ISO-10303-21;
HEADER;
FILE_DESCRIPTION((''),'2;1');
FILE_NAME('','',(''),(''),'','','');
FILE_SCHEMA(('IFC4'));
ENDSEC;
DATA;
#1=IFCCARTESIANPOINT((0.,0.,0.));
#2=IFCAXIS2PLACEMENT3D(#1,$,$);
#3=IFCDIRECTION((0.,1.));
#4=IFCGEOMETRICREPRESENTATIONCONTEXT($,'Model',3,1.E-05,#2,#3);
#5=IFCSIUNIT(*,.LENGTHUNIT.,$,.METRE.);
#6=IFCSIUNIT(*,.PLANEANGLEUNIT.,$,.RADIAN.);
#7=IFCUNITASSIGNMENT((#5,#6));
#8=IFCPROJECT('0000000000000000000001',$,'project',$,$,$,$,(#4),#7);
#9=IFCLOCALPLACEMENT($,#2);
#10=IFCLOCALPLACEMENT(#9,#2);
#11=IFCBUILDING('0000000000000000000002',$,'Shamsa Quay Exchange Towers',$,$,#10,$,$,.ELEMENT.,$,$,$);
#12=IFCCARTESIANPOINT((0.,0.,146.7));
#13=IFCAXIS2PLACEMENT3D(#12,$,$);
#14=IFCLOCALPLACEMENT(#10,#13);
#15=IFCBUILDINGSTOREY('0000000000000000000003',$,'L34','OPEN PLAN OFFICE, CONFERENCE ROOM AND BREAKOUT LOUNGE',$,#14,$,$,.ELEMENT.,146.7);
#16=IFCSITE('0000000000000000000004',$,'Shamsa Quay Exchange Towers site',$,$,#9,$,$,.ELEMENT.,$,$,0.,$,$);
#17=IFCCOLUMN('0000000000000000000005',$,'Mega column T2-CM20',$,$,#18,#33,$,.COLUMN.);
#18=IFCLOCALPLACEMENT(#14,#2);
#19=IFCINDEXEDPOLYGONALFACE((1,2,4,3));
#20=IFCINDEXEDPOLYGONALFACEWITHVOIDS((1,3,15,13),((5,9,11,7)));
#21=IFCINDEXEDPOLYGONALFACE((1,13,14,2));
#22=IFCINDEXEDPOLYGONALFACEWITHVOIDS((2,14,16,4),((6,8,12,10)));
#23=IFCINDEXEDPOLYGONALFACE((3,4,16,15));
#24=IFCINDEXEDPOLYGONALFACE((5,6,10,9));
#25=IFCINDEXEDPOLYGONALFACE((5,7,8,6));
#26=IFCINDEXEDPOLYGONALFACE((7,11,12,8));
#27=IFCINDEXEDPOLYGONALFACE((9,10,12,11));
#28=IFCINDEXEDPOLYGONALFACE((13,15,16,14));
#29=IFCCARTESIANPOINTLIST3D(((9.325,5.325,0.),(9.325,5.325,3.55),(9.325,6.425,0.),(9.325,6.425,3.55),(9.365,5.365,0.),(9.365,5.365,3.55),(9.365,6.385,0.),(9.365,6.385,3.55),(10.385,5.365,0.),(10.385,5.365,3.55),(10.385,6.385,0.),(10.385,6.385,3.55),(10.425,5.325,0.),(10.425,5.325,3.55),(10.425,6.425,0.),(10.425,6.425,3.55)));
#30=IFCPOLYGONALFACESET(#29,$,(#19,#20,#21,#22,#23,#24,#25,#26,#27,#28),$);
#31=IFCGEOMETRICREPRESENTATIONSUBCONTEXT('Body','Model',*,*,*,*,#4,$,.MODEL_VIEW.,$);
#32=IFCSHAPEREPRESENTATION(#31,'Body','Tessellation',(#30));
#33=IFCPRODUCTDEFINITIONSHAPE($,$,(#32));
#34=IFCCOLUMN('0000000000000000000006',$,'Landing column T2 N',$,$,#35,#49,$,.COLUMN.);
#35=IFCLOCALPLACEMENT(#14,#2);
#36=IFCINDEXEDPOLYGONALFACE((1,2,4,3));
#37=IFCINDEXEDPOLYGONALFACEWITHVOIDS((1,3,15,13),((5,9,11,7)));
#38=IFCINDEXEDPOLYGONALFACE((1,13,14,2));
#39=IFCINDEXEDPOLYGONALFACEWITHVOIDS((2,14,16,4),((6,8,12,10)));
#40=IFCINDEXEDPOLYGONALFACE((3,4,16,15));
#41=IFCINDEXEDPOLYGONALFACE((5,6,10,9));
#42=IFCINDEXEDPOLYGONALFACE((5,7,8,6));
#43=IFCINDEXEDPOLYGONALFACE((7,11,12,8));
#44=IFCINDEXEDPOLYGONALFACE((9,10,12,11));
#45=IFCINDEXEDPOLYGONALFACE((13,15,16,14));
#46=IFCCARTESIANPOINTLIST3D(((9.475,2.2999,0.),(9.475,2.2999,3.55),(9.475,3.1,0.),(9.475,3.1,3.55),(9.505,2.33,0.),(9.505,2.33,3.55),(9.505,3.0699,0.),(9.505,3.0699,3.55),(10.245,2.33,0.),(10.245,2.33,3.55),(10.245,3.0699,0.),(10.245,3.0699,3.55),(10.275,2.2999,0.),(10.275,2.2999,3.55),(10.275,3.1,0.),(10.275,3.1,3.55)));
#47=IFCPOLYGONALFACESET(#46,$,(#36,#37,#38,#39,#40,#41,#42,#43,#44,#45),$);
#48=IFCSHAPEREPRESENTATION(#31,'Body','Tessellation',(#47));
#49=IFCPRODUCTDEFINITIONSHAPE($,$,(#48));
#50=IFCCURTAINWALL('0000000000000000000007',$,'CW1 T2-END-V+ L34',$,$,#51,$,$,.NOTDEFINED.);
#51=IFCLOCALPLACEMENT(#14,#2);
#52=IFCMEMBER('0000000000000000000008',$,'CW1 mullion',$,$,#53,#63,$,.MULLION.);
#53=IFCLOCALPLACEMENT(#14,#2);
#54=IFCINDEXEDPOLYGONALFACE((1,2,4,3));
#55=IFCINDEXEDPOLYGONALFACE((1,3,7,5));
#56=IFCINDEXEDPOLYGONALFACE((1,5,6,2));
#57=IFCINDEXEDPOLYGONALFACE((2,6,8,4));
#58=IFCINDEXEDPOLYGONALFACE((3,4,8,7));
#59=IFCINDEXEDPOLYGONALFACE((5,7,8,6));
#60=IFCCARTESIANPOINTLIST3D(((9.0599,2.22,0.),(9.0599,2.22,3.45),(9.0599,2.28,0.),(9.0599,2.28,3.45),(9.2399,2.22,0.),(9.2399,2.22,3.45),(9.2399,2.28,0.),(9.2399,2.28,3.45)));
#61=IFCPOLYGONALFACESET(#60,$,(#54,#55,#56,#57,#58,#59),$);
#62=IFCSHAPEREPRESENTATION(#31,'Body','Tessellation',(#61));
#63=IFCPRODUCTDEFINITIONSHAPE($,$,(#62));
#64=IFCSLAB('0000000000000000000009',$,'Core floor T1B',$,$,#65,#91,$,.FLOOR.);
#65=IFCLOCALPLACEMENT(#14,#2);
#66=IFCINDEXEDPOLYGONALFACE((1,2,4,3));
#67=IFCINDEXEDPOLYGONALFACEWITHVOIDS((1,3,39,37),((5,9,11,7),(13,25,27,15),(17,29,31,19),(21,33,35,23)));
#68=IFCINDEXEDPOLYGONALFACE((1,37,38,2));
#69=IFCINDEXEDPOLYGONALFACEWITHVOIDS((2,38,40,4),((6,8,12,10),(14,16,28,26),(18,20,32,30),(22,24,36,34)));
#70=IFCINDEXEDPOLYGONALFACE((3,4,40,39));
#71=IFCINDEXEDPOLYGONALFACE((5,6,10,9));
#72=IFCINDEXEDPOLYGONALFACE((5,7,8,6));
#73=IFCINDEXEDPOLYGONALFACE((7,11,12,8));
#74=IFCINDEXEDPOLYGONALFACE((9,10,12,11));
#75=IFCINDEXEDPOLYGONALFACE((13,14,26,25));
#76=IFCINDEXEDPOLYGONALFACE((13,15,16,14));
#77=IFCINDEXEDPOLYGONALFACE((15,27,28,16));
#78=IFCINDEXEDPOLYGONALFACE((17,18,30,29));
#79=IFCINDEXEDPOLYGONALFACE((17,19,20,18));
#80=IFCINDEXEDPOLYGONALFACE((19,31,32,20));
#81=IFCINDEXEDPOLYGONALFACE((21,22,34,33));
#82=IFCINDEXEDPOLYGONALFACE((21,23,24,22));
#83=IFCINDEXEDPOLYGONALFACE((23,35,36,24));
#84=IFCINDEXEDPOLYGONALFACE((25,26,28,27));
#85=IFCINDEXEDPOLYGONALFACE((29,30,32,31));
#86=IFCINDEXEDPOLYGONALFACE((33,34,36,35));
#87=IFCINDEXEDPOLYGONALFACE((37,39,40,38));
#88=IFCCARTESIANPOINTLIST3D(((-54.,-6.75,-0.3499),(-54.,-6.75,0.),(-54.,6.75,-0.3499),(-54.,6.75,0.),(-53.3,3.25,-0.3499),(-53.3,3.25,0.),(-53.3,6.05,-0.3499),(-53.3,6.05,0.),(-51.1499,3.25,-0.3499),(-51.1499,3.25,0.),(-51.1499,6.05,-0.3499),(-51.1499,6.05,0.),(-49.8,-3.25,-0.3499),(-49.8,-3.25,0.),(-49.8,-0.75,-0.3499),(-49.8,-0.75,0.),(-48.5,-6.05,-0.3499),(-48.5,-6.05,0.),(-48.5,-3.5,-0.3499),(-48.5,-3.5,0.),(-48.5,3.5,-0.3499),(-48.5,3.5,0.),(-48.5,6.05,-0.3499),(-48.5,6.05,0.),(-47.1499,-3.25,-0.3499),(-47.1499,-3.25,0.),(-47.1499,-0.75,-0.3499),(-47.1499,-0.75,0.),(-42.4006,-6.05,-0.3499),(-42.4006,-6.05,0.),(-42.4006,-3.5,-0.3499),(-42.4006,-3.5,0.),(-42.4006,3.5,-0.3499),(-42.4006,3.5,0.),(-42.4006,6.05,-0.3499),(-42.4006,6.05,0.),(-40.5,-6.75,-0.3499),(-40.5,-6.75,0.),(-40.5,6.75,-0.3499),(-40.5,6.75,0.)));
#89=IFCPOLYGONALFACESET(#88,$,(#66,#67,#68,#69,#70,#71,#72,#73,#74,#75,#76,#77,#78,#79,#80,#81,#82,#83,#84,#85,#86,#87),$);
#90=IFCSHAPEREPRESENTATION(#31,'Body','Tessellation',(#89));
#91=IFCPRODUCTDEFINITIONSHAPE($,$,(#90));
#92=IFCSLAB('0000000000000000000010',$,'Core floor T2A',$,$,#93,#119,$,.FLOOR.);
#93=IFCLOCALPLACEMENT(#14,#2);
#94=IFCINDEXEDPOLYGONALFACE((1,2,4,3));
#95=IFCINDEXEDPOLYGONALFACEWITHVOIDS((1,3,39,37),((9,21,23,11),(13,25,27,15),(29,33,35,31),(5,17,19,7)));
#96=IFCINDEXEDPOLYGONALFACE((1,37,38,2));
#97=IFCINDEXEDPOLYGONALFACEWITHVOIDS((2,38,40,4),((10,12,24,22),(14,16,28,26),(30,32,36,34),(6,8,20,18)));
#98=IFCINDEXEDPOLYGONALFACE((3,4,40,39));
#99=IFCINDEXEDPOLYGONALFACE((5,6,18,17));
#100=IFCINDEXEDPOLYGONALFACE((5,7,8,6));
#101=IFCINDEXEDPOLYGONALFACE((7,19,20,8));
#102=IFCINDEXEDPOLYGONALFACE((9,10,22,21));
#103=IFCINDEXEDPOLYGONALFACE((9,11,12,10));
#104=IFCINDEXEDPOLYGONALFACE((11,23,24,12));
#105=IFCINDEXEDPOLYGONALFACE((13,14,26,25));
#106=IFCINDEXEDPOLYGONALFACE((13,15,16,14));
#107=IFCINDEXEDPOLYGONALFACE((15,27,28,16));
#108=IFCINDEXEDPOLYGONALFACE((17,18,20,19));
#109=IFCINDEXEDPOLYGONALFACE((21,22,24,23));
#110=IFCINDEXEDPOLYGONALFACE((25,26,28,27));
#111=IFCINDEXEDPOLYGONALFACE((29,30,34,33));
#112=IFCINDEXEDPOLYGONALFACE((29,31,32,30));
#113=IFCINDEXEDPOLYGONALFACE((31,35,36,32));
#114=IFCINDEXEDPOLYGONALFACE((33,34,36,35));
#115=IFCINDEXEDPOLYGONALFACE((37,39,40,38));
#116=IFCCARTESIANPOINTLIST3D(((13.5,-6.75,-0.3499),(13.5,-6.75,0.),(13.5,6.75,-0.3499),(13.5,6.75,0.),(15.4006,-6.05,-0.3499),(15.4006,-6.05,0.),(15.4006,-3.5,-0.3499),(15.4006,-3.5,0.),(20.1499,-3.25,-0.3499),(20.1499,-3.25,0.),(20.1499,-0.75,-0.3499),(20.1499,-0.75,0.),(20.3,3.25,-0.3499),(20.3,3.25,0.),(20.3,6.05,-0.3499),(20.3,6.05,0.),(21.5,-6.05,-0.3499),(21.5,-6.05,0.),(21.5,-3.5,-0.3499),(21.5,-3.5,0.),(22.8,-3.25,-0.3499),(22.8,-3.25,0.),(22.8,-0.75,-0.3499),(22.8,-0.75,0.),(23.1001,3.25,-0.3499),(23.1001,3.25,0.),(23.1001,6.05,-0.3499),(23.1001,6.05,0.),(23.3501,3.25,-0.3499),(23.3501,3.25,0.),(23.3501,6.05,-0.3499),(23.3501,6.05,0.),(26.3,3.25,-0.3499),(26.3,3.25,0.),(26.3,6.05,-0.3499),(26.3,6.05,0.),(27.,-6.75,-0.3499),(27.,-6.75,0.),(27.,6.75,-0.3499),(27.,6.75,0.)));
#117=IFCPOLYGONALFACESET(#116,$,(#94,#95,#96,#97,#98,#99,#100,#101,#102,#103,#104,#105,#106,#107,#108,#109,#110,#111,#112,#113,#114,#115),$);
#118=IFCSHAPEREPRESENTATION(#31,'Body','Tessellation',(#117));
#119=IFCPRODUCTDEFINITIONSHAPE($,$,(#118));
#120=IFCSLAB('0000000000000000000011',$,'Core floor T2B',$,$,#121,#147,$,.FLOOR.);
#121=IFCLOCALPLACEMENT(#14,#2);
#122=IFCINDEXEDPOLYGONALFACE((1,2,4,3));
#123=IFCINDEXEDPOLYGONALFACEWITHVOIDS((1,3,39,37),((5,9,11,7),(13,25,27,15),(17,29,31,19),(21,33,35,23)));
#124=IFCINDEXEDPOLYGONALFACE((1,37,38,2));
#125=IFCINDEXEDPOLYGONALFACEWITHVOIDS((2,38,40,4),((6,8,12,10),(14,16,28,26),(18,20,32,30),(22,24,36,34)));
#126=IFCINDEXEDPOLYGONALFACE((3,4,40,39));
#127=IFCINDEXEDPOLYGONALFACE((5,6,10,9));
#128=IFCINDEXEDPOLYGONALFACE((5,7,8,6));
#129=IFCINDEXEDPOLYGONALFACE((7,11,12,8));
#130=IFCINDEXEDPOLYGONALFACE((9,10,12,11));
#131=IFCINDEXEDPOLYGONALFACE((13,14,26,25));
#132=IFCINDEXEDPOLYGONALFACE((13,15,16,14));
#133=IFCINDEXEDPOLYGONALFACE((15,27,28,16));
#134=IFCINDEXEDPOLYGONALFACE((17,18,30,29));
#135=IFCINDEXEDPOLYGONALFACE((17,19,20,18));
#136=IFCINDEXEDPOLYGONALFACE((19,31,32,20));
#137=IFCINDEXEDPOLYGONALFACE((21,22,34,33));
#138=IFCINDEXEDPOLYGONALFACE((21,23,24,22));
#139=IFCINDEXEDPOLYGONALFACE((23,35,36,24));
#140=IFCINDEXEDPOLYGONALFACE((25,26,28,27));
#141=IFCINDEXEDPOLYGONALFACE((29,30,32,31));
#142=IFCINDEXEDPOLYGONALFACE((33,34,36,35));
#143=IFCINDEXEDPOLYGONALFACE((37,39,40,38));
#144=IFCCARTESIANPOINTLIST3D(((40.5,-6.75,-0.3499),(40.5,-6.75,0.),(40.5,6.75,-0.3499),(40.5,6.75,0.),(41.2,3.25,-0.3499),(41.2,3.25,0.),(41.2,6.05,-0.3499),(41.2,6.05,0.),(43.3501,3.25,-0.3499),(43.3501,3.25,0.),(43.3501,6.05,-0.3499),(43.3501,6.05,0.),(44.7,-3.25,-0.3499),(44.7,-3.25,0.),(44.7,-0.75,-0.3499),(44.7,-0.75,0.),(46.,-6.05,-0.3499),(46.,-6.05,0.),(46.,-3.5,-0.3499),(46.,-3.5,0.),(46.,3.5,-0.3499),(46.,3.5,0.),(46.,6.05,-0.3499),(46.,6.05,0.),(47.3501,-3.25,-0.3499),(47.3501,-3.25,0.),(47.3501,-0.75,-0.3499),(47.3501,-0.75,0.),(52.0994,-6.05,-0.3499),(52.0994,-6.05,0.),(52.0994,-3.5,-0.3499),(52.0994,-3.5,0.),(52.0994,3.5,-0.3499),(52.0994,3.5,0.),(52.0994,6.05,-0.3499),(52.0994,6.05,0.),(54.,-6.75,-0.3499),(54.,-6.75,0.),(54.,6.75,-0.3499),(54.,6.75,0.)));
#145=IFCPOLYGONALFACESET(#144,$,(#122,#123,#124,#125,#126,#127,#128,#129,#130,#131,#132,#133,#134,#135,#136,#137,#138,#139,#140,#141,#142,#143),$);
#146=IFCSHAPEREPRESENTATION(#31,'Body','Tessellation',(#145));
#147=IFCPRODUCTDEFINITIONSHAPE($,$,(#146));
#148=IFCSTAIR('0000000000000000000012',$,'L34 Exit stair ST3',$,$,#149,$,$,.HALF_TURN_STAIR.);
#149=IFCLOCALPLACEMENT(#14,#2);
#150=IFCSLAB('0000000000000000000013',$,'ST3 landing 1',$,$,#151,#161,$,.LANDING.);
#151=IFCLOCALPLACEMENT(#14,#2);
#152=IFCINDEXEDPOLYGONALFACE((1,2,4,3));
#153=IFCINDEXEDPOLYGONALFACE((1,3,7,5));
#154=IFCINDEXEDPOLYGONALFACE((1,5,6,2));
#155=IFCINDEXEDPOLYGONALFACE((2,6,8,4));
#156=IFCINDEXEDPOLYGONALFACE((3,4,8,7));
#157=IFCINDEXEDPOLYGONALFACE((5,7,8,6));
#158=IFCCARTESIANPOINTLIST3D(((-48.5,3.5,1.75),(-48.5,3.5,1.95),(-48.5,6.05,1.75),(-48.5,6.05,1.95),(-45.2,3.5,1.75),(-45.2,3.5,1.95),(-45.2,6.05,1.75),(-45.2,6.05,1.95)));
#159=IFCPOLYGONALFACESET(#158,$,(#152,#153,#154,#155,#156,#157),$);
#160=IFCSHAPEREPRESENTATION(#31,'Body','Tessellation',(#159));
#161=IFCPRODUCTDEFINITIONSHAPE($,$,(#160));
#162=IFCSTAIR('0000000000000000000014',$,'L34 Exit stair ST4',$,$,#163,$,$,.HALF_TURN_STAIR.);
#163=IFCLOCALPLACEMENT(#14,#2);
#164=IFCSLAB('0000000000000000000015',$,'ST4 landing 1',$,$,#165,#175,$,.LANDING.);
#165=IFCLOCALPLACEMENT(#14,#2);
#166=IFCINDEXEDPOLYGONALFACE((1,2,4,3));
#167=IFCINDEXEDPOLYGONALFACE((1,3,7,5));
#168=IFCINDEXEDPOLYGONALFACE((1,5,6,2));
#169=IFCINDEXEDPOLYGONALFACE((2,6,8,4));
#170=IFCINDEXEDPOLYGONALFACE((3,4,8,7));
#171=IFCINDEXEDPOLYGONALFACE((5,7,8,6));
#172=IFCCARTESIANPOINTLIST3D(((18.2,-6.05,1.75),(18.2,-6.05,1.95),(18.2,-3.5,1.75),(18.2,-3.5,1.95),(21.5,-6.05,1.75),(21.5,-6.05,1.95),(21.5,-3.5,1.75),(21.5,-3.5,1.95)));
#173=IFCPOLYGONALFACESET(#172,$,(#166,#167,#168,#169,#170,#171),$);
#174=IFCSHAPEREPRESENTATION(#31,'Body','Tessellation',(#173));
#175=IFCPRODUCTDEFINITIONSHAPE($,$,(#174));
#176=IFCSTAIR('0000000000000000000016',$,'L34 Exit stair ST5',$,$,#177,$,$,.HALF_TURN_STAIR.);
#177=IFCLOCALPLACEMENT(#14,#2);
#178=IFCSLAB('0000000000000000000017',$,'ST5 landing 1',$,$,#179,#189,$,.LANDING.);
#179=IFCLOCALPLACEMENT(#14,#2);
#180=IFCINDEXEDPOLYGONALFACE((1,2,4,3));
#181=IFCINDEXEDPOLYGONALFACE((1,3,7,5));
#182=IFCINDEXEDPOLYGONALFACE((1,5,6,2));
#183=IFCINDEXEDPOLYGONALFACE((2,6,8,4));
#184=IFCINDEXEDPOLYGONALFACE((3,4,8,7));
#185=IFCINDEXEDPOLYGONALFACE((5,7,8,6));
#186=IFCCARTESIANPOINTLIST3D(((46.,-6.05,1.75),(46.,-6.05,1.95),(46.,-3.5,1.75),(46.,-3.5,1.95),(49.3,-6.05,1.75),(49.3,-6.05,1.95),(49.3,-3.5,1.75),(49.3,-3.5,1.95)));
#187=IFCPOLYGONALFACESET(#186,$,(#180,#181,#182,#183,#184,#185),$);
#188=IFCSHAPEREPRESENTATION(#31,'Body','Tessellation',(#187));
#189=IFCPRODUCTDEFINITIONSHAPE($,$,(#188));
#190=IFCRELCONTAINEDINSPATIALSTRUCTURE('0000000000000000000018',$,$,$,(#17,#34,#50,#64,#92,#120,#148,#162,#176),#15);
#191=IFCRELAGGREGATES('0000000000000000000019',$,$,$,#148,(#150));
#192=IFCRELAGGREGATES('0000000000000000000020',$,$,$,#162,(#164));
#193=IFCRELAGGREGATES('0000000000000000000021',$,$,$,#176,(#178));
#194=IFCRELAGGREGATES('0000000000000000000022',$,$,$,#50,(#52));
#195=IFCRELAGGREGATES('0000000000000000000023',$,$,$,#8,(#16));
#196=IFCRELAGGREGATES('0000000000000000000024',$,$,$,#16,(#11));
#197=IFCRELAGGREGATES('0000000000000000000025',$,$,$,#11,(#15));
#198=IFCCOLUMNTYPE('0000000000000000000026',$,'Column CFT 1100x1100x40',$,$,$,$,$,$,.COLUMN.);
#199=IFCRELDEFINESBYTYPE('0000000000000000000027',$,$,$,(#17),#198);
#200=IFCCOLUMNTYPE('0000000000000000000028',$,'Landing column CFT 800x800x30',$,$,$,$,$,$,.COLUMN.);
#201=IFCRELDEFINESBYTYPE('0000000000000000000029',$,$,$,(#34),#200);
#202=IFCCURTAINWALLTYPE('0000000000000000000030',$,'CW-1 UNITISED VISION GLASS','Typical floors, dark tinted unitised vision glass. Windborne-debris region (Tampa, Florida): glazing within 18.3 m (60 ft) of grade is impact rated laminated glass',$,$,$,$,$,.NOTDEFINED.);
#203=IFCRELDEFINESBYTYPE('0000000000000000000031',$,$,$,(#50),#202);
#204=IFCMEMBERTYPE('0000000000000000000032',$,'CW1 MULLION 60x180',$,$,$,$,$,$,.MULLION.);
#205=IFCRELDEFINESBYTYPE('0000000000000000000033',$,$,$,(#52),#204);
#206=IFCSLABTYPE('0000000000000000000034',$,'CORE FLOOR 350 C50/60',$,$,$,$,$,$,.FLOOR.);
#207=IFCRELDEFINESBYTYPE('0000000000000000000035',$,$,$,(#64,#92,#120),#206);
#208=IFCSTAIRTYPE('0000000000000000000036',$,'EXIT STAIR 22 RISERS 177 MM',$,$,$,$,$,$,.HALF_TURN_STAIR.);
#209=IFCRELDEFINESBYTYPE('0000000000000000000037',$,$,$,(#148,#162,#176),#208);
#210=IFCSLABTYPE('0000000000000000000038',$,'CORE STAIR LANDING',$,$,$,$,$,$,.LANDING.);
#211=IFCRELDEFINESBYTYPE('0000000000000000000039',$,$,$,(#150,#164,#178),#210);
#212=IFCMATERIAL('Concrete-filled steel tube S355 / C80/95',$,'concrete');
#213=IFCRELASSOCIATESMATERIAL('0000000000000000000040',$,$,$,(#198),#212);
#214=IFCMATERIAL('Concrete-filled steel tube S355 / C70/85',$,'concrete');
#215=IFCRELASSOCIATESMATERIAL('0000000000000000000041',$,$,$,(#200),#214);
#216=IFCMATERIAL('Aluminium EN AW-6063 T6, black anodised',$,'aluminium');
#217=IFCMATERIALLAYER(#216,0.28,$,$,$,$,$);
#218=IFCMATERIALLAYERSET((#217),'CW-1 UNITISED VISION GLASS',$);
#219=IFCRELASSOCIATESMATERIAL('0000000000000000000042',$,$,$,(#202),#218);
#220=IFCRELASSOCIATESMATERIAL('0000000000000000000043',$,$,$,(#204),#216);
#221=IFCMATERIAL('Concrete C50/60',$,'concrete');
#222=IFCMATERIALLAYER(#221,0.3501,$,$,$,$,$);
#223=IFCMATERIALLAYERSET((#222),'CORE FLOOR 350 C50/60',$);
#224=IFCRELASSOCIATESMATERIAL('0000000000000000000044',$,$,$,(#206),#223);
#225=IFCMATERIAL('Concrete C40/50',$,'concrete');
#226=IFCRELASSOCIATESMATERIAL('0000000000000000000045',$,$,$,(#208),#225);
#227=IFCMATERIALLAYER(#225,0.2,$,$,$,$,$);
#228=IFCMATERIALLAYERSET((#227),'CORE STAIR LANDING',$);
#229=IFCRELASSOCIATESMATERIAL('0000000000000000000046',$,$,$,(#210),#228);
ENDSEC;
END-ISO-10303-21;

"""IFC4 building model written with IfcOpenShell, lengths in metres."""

from ifc_helpers import new_model, si_unit, direction, frame, origin, origin_2d, place, context, subcontext, project, spatial, polyline, rectangle, hollow_rectangle, outline, extrude, material, layer, layer_set, material_profile, profile_set, type_object, element, aggregate, save


model = new_model("IFC4")

# Units and contexts
model_context = context("Model", 3, precision=1e-05, world=origin(), true_north=direction((0.0, 1.0)))
body_context = subcontext(model_context, "Body", "Model", "MODEL_VIEW")
ifc_project = project(units=[si_unit("LENGTHUNIT", "METRE"), si_unit("PLANEANGLEUNIT", "RADIAN")], contexts=[model_context])

# Site, building, storey
site_placement = place(None, origin())
site = spatial("IfcSite", under=ifc_project, at=site_placement, Name="Shamsa Quay Exchange Towers site", CompositionType="ELEMENT", RefElevation=0.0)
building_placement = place(site_placement, origin())
building = spatial("IfcBuilding", under=site, at=building_placement, Name="Shamsa Quay Exchange Towers", CompositionType="ELEMENT")
storey_placement = place(building_placement, frame((0.0, 0.0, 146.7)))
storey = spatial("IfcBuildingStorey", under=building, at=storey_placement, Name="L34", Description="OPEN PLAN OFFICE, CONFERENCE ROOM AND BREAKOUT LOUNGE", CompositionType="ELEMENT", Elevation=146.7)

# Columns
ifc_material_1 = material(Name="Concrete-filled steel tube S355 / C80/95", Category="concrete")
ifc_material_profile_1 = material_profile(ifc_material_1, hollow_rectangle(XDim=1.1001, YDim=1.1001, WallThickness=0.04, at=origin_2d()), Name="CFT 1100x1100x40")
ifc_profile_set_1 = profile_set([ifc_material_profile_1], Name="Concrete-filled steel tube S355 / C80/95")
column_type_1 = type_object("IfcColumnType", Name="Column CFT 1100x1100x40", PredefinedType="COLUMN", material=ifc_profile_set_1)
column_1_placement = place(storey_placement, frame((9.875, 5.875, 0.0)))
element("IfcColumn", 1, at=column_1_placement, inside=storey, type_object=column_type_1, Name="Mega column T2-CM20", PredefinedType="COLUMN", context=body_context, shape_type="SweptSolid", body=[
    extrude(hollow_rectangle(XDim=1.1001, YDim=1.1001, WallThickness=0.04, at=origin_2d()), origin(), (0.0, 0.0, 1.0), 3.55),
])
ifc_material_2 = material(Name="Concrete-filled steel tube S355 / C70/85", Category="concrete")
ifc_material_profile_2 = material_profile(ifc_material_2, hollow_rectangle(XDim=0.8, YDim=0.8, WallThickness=0.03, at=origin_2d()), Name="CFT 800x800x30")
ifc_profile_set_2 = profile_set([ifc_material_profile_2], Name="Concrete-filled steel tube S355 / C70/85")
column_type_2 = type_object("IfcColumnType", Name="Landing column CFT 800x800x30", PredefinedType="COLUMN", material=ifc_profile_set_2)
column_2_placement = place(storey_placement, frame((9.875, 2.7, 0.0)))
element("IfcColumn", 2, at=column_2_placement, inside=storey, type_object=column_type_2, Name="Landing column T2 N", PredefinedType="COLUMN", context=body_context, shape_type="SweptSolid", body=[
    extrude(hollow_rectangle(XDim=0.8, YDim=0.8, WallThickness=0.03, at=origin_2d()), origin(), (0.0, 0.0, 1.0), 3.55),
])

# Curtain wall, member
ifc_material_3 = material(Name="Aluminium EN AW-6063 T6, black anodised", Category="aluminium")
ifc_layer_1 = layer(ifc_material_3, 0.28)
ifc_layer_set_1 = layer_set([ifc_layer_1], Name="CW-1 UNITISED VISION GLASS")
curtain_wall_type_1 = type_object("IfcCurtainWallType", Name="CW-1 UNITISED VISION GLASS", Description="Typical floors, dark tinted unitised vision glass. Windborne-debris region (Tampa, Florida): glazing within 18.3 m (60 ft) of grade is impact rated laminated glass", PredefinedType="NOTDEFINED", material=ifc_layer_set_1)
curtain_wall_1_placement = place(storey_placement, origin())
curtain_wall_1 = element("IfcCurtainWall", 3, at=curtain_wall_1_placement, inside=storey, type_object=curtain_wall_type_1, Name="CW1 T2-END-V+ L34", PredefinedType="NOTDEFINED")
ifc_material_profile_3 = material_profile(ifc_material_3, rectangle(XDim=0.1799, YDim=0.0601, at=origin_2d()), Name="MU60x180")
ifc_profile_set_3 = profile_set([ifc_material_profile_3], Name="Aluminium EN AW-6063 T6, black anodised")
member_type = type_object("IfcMemberType", Name="CW1 MULLION 60x180", PredefinedType="MULLION", material=ifc_profile_set_3)
member_placement = place(storey_placement, frame((9.1499, 2.25, 0.0)))
member = element("IfcMember", 4, at=member_placement, type_object=member_type, Name="CW1 mullion", PredefinedType="MULLION", context=body_context, shape_type="SweptSolid", body=[
    extrude(rectangle(XDim=0.1799, YDim=0.0601, at=origin_2d()), origin(), (0.0, 0.0, 1.0), 3.45),
])

# Slabs
ifc_material_4 = material(Name="Concrete C50/60", Category="concrete")
ifc_layer_2 = layer(ifc_material_4, 0.3501)
ifc_layer_set_2 = layer_set([ifc_layer_2], Name="CORE FLOOR 350 C50/60")
slab_type_1 = type_object("IfcSlabType", Name="CORE FLOOR 350 C50/60", PredefinedType="FLOOR", material=ifc_layer_set_2)
slab_1_placement = place(storey_placement, frame((0.0, 0.0, -0.3499)))
element("IfcSlab", 5, at=slab_1_placement, inside=storey, type_object=slab_type_1, Name="Core floor T1B", PredefinedType="FLOOR", context=body_context, shape_type="SweptSolid", body=[
    extrude(outline(polyline([(-40.5, -6.75), (-40.5, 6.75), (-54.0, 6.75), (-54.0, -6.75), (-40.5, -6.75)]), holes=[polyline([(-42.4006, -3.5), (-42.4006, -6.05), (-48.5, -6.05), (-48.5, -3.5), (-42.4006, -3.5)]), polyline([(-42.4006, 6.05), (-42.4006, 3.5), (-48.5, 3.5), (-48.5, 6.05), (-42.4006, 6.05)]), polyline([(-51.1499, 3.25), (-53.3, 3.25), (-53.3, 6.05), (-51.1499, 6.05), (-51.1499, 3.25)]), polyline([(-47.1499, -3.25), (-49.8, -3.25), (-49.8, -0.75), (-47.1499, -0.75), (-47.1499, -3.25)])]), origin(), (0.0, 0.0, 1.0), 0.3499),
])
slab_2_placement = place(storey_placement, frame((0.0, 0.0, -0.3499)))
element("IfcSlab", 6, at=slab_2_placement, inside=storey, type_object=slab_type_1, Name="Core floor T2A", PredefinedType="FLOOR", context=body_context, shape_type="SweptSolid", body=[
    extrude(outline(polyline([(13.5, -6.75), (27.0, -6.75), (27.0, 6.75), (13.5, 6.75), (13.5, -6.75)]), holes=[polyline([(15.4006, -6.05), (15.4006, -3.5), (21.5, -3.5), (21.5, -6.05), (15.4006, -6.05)]), polyline([(20.3, 3.25), (20.3, 6.05), (23.1001, 6.05), (23.1001, 3.25), (20.3, 3.25)]), polyline([(23.3501, 3.25), (23.3501, 6.05), (26.3, 6.05), (26.3, 3.25), (23.3501, 3.25)]), polyline([(20.1499, -3.25), (20.1499, -0.75), (22.8, -0.75), (22.8, -3.25), (20.1499, -3.25)])]), origin(), (0.0, 0.0, 1.0), 0.3499),
])
slab_3_placement = place(storey_placement, frame((0.0, 0.0, -0.3499)))
element("IfcSlab", 7, at=slab_3_placement, inside=storey, type_object=slab_type_1, Name="Core floor T2B", PredefinedType="FLOOR", context=body_context, shape_type="SweptSolid", body=[
    extrude(outline(polyline([(54.0, -6.75), (54.0, 6.75), (40.5, 6.75), (40.5, -6.75), (54.0, -6.75)]), holes=[polyline([(52.0994, -3.5), (52.0994, -6.05), (46.0, -6.05), (46.0, -3.5), (52.0994, -3.5)]), polyline([(52.0994, 6.05), (52.0994, 3.5), (46.0, 3.5), (46.0, 6.05), (52.0994, 6.05)]), polyline([(43.3501, 3.25), (41.2, 3.25), (41.2, 6.05), (43.3501, 6.05), (43.3501, 3.25)]), polyline([(47.3501, -3.25), (44.7, -3.25), (44.7, -0.75), (47.3501, -0.75), (47.3501, -3.25)])]), origin(), (0.0, 0.0, 1.0), 0.3499),
])

# Stairs, slabs
ifc_material_5 = material(Name="Concrete C40/50", Category="concrete")
stair_type = type_object("IfcStairType", Name="EXIT STAIR 22 RISERS 177 MM", PredefinedType="HALF_TURN_STAIR", material=ifc_material_5)
stair_1_placement = place(storey_placement, origin())
stair_1 = element("IfcStair", 8, at=stair_1_placement, inside=storey, type_object=stair_type, Name="L34 Exit stair ST3", PredefinedType="HALF_TURN_STAIR")
ifc_layer_3 = layer(ifc_material_5, 0.2)
ifc_layer_set_3 = layer_set([ifc_layer_3], Name="CORE STAIR LANDING")
slab_type_2 = type_object("IfcSlabType", Name="CORE STAIR LANDING", PredefinedType="LANDING", material=ifc_layer_set_3)
slab_4_placement = place(storey_placement, frame((0.0, 0.0, 1.75)))
slab_4 = element("IfcSlab", 9, at=slab_4_placement, type_object=slab_type_2, Name="ST3 landing 1", PredefinedType="LANDING", context=body_context, shape_type="SweptSolid", body=[
    extrude(outline(polyline([(-45.2, 6.05), (-48.5, 6.05), (-48.5, 3.5), (-45.2, 3.5), (-45.2, 6.05)])), origin(), (0.0, 0.0, 1.0), 0.2),
])
aggregate(stair_1, [slab_4])
stair_2_placement = place(storey_placement, origin())
stair_2 = element("IfcStair", 10, at=stair_2_placement, inside=storey, type_object=stair_type, Name="L34 Exit stair ST4", PredefinedType="HALF_TURN_STAIR")
slab_5_placement = place(storey_placement, frame((0.0, 0.0, 1.75)))
slab_5 = element("IfcSlab", 11, at=slab_5_placement, type_object=slab_type_2, Name="ST4 landing 1", PredefinedType="LANDING", context=body_context, shape_type="SweptSolid", body=[
    extrude(outline(polyline([(18.2, -6.05), (21.5, -6.05), (21.5, -3.5), (18.2, -3.5), (18.2, -6.05)])), origin(), (0.0, 0.0, 1.0), 0.2),
])
aggregate(stair_2, [slab_5])
stair_3_placement = place(storey_placement, origin())
stair_3 = element("IfcStair", 12, at=stair_3_placement, inside=storey, type_object=stair_type, Name="L34 Exit stair ST5", PredefinedType="HALF_TURN_STAIR")
slab_6_placement = place(storey_placement, frame((0.0, 0.0, 1.75)))
slab_6 = element("IfcSlab", 13, at=slab_6_placement, type_object=slab_type_2, Name="ST5 landing 1", PredefinedType="LANDING", context=body_context, shape_type="SweptSolid", body=[
    extrude(outline(polyline([(49.3, -3.5), (46.0, -3.5), (46.0, -6.05), (49.3, -6.05), (49.3, -3.5)])), origin(), (0.0, 0.0, 1.0), 0.2),
])
aggregate(stair_3, [slab_6])

aggregate(curtain_wall_1, [member])

save(model, "model.ifc")
